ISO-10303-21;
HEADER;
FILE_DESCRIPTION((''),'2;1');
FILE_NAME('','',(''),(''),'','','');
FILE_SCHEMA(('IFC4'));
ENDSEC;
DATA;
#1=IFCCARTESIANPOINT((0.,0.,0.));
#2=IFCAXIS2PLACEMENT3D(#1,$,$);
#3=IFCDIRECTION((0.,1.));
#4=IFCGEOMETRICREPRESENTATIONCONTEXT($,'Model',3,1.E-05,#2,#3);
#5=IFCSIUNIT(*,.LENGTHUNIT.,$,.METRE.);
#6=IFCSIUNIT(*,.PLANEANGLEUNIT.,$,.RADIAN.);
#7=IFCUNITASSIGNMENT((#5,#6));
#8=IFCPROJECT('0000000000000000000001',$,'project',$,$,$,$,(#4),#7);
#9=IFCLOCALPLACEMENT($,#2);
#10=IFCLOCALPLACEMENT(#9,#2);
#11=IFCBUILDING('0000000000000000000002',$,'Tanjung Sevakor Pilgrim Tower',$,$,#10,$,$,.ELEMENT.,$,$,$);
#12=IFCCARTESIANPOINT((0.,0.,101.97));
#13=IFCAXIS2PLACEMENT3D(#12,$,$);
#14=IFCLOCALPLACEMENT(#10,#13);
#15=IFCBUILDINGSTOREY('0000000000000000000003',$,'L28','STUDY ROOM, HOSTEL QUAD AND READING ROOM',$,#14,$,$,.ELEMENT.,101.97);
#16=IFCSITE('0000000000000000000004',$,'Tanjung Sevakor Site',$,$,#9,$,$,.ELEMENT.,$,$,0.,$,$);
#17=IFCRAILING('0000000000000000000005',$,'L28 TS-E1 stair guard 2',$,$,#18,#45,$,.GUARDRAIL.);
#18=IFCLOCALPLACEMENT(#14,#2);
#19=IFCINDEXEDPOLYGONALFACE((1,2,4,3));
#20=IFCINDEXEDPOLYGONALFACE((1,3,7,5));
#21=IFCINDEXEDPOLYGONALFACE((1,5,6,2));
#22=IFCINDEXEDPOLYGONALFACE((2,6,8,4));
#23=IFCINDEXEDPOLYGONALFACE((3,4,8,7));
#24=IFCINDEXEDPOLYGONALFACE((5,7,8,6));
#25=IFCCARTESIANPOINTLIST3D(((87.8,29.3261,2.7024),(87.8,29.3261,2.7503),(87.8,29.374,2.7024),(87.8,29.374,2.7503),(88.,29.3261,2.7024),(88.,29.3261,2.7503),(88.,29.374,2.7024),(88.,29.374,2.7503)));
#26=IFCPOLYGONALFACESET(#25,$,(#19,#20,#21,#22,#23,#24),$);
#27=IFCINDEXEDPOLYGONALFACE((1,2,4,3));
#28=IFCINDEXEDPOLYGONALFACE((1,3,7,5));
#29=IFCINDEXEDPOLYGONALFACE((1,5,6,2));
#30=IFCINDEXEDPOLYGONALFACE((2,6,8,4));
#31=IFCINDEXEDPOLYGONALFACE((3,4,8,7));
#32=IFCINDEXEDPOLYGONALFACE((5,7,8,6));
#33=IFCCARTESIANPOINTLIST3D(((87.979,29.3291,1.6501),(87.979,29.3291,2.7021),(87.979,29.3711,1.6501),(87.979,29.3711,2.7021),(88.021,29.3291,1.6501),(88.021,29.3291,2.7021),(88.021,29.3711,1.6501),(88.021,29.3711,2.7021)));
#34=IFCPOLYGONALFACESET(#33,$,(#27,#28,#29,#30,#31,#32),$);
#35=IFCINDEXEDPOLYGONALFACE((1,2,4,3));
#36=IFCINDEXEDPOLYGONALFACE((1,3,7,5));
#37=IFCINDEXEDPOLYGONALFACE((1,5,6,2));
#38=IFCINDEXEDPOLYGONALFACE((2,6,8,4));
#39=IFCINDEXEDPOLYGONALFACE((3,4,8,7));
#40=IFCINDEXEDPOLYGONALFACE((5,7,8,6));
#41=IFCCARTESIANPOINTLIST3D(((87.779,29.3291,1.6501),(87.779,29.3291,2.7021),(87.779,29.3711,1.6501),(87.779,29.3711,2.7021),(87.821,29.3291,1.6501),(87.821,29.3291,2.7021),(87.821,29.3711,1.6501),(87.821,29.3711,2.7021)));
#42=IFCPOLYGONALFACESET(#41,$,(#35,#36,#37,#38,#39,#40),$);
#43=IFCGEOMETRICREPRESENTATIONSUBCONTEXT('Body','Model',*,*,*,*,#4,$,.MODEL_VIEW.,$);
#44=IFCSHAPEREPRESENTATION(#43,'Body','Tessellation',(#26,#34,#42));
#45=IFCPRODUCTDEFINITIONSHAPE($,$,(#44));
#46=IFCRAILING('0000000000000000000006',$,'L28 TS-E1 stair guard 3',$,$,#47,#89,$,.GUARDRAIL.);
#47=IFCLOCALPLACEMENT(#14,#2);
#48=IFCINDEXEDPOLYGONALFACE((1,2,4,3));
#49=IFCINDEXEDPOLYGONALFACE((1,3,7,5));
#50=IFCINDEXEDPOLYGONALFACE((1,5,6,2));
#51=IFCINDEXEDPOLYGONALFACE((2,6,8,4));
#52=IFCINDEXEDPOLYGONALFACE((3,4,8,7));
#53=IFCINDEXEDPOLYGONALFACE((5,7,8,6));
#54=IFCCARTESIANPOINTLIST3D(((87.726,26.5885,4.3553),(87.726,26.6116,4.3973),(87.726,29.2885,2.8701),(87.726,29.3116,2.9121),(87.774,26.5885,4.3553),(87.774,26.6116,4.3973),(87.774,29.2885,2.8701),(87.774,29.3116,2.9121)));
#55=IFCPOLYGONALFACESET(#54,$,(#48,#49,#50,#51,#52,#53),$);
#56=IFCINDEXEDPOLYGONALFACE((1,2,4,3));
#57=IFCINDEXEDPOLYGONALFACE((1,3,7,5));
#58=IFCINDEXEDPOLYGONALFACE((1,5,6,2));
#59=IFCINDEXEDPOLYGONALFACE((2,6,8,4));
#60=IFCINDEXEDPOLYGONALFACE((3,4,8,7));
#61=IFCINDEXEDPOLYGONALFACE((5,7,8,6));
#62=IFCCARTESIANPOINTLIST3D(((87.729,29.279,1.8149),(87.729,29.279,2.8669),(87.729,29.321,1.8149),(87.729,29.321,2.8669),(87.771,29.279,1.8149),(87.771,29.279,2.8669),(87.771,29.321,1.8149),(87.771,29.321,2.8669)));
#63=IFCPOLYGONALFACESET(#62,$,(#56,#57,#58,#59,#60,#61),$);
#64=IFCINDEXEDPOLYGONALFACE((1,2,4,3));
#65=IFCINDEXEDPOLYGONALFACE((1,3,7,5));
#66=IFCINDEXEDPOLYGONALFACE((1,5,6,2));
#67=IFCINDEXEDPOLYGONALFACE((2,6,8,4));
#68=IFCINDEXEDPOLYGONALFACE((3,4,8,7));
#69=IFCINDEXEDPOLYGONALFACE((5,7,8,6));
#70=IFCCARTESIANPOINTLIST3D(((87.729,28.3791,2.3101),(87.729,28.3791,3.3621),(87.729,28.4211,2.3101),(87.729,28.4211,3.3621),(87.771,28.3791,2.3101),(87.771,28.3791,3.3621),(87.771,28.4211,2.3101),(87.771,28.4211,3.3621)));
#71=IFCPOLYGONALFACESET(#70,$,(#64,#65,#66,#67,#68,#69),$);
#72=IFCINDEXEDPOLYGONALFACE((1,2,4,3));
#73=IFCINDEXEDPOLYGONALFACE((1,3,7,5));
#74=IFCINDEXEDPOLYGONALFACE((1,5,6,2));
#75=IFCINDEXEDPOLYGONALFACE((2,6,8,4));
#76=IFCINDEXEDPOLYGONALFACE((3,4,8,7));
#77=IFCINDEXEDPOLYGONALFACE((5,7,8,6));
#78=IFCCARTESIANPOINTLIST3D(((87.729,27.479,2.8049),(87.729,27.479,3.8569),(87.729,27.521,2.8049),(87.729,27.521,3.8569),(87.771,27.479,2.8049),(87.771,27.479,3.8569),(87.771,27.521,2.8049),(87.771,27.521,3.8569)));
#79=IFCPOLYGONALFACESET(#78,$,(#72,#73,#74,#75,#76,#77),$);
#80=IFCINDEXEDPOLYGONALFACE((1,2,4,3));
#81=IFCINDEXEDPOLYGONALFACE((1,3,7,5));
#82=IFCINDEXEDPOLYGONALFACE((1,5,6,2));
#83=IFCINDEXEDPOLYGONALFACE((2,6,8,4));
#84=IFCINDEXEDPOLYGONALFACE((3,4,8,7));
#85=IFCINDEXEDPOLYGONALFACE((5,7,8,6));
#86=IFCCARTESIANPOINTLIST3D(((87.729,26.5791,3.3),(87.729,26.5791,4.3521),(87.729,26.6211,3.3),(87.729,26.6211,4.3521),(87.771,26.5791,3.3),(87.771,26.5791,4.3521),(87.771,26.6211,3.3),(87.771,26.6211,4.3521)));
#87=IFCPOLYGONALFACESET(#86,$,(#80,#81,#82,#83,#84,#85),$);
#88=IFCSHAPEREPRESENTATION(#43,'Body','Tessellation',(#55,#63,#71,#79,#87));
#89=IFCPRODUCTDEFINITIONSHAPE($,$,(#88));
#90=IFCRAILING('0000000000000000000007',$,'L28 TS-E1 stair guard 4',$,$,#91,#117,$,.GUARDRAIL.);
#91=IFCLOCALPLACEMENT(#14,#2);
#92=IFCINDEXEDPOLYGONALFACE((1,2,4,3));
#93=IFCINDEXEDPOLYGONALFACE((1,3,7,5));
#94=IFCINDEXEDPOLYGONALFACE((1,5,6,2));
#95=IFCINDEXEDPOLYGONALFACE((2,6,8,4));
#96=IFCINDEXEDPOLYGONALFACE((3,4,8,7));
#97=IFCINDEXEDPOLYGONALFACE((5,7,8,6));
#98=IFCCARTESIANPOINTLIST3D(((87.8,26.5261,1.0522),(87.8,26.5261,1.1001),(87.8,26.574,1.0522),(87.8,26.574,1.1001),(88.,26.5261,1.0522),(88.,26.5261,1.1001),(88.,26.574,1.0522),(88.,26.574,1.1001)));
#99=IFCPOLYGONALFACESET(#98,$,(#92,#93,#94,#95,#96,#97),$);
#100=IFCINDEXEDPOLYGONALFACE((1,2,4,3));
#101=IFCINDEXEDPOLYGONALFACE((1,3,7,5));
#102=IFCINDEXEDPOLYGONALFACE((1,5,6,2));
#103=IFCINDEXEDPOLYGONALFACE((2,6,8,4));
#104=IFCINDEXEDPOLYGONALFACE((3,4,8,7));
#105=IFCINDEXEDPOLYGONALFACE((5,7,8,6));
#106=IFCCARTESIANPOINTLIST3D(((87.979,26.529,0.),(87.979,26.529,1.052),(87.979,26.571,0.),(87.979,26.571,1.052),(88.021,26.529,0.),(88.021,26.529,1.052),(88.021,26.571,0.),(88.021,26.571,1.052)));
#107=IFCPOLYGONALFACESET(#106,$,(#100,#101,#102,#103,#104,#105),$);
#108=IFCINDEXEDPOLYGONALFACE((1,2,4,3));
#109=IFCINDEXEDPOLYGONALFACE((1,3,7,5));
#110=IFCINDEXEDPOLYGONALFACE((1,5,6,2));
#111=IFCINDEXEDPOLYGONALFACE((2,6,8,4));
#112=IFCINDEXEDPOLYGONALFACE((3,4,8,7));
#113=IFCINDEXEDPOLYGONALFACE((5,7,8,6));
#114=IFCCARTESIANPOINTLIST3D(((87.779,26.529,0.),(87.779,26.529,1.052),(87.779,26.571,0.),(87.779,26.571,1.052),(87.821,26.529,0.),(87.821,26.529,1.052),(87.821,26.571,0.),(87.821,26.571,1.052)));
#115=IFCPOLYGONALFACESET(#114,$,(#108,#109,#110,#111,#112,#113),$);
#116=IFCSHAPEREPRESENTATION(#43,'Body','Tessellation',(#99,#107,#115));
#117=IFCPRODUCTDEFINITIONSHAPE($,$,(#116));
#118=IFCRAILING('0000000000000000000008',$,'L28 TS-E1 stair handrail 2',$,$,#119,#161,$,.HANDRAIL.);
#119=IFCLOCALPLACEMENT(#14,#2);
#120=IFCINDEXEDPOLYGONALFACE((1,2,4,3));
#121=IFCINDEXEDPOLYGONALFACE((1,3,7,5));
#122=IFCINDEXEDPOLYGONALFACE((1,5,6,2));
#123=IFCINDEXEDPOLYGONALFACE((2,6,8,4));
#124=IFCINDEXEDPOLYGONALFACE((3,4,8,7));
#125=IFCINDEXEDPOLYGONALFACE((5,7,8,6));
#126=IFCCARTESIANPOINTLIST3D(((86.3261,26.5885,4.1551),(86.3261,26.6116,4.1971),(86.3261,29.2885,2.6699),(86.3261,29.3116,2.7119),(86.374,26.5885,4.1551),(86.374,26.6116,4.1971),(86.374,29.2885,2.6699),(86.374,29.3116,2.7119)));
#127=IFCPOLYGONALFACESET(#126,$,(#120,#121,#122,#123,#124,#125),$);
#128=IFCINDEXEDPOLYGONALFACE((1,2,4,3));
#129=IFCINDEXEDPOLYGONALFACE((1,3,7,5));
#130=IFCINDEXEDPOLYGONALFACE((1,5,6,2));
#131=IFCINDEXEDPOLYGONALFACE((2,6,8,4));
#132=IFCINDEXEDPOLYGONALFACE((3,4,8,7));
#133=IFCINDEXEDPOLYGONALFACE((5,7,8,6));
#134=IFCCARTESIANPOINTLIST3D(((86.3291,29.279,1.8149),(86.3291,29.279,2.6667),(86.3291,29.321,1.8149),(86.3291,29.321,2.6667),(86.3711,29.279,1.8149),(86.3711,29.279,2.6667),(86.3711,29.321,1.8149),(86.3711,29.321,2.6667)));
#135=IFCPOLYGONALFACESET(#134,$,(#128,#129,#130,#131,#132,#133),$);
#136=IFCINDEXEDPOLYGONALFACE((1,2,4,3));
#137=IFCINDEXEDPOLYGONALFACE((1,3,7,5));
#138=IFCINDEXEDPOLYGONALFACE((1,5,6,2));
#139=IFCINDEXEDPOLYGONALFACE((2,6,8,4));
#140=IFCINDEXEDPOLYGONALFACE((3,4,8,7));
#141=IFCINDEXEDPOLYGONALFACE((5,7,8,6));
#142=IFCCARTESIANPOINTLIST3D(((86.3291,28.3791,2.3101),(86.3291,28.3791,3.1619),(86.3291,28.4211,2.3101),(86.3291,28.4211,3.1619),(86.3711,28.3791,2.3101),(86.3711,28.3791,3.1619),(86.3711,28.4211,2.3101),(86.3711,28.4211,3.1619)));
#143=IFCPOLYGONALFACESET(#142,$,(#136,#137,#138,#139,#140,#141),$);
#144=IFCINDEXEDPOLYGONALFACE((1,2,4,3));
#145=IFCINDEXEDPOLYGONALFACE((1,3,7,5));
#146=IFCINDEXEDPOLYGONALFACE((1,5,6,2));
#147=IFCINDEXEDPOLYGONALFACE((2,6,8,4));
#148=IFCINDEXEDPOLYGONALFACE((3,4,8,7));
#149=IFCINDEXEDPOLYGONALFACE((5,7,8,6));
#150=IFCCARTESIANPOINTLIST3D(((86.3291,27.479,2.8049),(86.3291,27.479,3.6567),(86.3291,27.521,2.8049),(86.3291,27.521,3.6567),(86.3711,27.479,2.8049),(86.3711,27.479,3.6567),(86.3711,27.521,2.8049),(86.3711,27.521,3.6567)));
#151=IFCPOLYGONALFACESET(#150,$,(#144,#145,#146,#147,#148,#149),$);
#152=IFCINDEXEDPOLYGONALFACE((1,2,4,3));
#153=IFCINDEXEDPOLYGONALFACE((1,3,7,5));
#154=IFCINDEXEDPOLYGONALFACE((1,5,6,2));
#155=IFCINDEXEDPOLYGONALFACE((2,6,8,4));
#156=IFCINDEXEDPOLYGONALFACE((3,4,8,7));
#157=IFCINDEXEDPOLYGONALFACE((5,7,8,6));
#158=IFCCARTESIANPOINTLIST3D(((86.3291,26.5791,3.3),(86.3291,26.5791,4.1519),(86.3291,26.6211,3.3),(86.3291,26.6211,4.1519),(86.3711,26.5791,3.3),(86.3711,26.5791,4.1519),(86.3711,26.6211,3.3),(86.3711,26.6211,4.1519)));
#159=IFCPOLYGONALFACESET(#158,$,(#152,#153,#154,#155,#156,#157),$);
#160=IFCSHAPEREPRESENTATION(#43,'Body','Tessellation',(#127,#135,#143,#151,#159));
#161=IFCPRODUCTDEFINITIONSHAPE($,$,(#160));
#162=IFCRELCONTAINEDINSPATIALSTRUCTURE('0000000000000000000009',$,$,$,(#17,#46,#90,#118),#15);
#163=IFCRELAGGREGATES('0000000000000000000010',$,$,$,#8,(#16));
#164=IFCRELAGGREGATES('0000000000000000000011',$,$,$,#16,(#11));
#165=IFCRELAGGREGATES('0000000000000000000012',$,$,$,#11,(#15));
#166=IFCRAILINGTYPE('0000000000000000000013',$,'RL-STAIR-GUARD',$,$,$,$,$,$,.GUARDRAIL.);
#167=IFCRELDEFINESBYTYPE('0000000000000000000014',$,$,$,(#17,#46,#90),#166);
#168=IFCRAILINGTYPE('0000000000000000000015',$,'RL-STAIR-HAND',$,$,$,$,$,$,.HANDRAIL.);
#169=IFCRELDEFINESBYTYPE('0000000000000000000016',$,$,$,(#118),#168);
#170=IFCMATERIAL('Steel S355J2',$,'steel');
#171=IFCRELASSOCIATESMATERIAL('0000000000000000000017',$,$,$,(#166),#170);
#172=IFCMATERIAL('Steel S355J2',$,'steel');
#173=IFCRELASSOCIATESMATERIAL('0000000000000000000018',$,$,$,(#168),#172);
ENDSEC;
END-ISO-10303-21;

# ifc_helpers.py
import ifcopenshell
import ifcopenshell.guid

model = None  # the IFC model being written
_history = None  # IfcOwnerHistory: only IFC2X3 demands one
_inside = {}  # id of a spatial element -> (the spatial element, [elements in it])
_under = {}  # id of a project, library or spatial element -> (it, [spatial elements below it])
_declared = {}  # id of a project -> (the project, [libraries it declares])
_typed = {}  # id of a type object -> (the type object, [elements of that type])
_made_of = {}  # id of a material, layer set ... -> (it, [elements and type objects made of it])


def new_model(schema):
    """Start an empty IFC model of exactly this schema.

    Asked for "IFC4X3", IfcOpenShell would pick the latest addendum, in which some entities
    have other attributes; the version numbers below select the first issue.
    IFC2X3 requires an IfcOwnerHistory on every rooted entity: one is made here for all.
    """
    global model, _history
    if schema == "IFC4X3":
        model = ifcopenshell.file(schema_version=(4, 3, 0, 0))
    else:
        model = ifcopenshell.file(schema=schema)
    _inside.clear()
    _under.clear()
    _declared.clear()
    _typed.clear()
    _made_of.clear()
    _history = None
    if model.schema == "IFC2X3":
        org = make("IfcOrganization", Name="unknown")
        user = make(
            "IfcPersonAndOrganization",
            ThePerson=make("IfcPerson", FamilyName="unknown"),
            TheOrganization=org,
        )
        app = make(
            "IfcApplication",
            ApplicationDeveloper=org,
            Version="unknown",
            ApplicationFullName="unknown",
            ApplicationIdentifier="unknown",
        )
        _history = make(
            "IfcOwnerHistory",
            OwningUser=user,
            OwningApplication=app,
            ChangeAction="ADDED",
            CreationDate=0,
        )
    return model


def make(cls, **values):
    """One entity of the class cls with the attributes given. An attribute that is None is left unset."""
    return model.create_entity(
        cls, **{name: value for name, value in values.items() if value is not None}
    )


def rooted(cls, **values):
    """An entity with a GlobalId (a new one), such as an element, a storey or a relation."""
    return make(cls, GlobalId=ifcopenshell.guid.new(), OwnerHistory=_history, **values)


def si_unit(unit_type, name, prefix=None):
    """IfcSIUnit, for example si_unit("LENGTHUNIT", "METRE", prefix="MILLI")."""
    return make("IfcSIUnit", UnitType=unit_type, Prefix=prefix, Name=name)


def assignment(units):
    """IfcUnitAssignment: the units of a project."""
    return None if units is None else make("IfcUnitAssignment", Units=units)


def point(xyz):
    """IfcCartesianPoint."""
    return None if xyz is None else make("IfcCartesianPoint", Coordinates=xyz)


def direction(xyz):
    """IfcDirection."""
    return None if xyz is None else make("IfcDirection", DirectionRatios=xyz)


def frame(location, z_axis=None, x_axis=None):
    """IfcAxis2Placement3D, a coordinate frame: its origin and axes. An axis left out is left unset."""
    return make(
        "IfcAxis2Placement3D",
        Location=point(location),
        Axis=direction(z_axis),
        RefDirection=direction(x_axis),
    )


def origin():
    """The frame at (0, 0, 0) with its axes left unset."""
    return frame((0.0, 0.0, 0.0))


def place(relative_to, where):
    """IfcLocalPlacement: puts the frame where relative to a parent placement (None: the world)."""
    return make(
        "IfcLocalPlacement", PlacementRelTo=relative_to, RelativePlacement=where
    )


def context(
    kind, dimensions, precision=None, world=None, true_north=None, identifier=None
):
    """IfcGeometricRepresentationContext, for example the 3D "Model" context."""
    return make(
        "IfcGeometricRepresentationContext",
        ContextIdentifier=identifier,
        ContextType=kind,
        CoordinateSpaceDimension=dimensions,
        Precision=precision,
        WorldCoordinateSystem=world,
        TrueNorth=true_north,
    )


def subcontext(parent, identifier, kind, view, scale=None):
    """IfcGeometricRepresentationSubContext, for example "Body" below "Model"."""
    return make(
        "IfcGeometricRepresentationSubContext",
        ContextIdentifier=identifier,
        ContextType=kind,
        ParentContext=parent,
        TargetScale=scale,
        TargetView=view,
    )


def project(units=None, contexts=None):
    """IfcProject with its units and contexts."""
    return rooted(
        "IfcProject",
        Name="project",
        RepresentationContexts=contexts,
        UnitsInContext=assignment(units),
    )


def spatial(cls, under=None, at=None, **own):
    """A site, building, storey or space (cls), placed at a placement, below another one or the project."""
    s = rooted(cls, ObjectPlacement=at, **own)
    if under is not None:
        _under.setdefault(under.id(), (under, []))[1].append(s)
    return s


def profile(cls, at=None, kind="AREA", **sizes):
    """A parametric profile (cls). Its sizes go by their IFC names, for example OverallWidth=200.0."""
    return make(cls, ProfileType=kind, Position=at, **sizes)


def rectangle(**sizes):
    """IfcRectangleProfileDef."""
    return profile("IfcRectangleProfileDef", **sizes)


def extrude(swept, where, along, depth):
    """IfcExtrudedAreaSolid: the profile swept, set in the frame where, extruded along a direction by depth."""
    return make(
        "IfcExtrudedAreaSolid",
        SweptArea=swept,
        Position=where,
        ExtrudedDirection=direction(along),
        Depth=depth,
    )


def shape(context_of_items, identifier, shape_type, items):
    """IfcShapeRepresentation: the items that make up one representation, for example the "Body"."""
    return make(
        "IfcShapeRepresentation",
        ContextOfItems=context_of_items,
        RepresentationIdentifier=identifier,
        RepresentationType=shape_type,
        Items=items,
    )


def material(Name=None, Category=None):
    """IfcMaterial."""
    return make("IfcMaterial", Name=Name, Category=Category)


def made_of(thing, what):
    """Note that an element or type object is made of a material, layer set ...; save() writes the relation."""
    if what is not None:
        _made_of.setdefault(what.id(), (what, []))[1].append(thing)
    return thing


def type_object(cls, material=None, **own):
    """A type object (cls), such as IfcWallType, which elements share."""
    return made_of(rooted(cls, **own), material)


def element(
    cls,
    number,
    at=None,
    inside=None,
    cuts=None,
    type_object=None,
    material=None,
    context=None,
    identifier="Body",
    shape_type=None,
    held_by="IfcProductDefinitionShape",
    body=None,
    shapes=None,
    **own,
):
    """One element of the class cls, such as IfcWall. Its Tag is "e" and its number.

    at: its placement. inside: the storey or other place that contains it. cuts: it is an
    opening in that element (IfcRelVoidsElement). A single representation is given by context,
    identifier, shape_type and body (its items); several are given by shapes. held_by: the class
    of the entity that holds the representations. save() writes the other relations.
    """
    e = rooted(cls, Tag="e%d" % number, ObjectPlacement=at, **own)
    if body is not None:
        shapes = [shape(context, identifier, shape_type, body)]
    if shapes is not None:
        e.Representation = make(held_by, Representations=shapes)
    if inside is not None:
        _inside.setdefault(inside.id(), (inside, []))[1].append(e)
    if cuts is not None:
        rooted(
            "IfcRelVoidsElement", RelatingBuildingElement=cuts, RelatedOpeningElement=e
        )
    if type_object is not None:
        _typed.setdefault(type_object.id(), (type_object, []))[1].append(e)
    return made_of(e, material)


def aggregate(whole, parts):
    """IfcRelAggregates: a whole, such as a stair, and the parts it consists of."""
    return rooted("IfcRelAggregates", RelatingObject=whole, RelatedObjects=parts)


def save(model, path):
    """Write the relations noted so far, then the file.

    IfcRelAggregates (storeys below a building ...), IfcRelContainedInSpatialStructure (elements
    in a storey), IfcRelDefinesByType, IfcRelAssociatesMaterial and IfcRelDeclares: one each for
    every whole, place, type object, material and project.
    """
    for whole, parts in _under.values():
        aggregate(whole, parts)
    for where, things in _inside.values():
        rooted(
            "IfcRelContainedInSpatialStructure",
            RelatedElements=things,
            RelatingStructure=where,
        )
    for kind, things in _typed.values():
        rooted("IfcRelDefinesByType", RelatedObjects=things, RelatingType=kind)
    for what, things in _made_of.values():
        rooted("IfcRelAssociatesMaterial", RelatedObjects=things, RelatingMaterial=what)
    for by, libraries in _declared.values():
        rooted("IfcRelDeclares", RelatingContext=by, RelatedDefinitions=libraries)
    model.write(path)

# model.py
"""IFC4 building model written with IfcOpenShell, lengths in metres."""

from ifc_helpers import new_model, si_unit, direction, frame, origin, place, context, subcontext, project, spatial, rectangle, extrude, material, type_object, element, save


model = new_model("IFC4")

# Units and contexts
model_context = context("Model", 3, precision=1e-05, world=origin(), true_north=direction((0.0, 1.0)))
body_context = subcontext(model_context, "Body", "Model", "MODEL_VIEW")
ifc_project = project(units=[si_unit("LENGTHUNIT", "METRE"), si_unit("PLANEANGLEUNIT", "RADIAN")], contexts=[model_context])

# Site, building, storey
site_placement = place(None, origin())
site = spatial("IfcSite", under=ifc_project, at=site_placement, Name="Tanjung Sevakor Site", CompositionType="ELEMENT", RefElevation=0.0)
building_placement = place(site_placement, origin())
building = spatial("IfcBuilding", under=site, at=building_placement, Name="Tanjung Sevakor Pilgrim Tower", CompositionType="ELEMENT")
storey_placement = place(building_placement, frame((0.0, 0.0, 101.97)))
storey = spatial("IfcBuildingStorey", under=building, at=storey_placement, Name="L28", Description="STUDY ROOM, HOSTEL QUAD AND READING ROOM", CompositionType="ELEMENT", Elevation=101.97)

# Railings
ifc_material_1 = material(Name="Steel S355J2", Category="steel")
railing_type_1 = type_object("IfcRailingType", Name="RL-STAIR-GUARD", PredefinedType="GUARDRAIL", material=ifc_material_1)
railing_1_placement = place(storey_placement, frame((88.0, 29.3501, 1.6501)))
element("IfcRailing", 1, at=railing_1_placement, inside=storey, type_object=railing_type_1, Name="L28 TS-E1 stair guard 2", PredefinedType="GUARDRAIL", context=body_context, shape_type="SweptSolid", body=[
    extrude(rectangle(XDim=0.0479, YDim=0.0479), frame((0.0, 0.0, 1.0762), z_axis=(-1.0, 0.0, 0.0), x_axis=(0.0, -1.0, 0.0)), (0.0, 0.0, 1.0), 0.2),
    extrude(rectangle(XDim=0.042, YDim=0.042), origin(), (0.0, 0.0, 1.0), 1.052),
    extrude(rectangle(XDim=0.042, YDim=0.042), frame((-0.2, 0.0, 0.0)), (0.0, 0.0, 1.0), 1.052),
])
railing_2_placement = place(storey_placement, frame((87.75, 29.3, 1.8149)))
element("IfcRailing", 2, at=railing_2_placement, inside=storey, type_object=railing_type_1, Name="L28 TS-E1 stair guard 3", PredefinedType="GUARDRAIL", context=body_context, shape_type="SweptSolid", body=[
    extrude(rectangle(XDim=0.0479, YDim=0.0479), frame((0.0, 0.0, 1.0762), z_axis=(0.0, -0.876198, 0.481952), x_axis=(1.0, 0.0, 0.0)), (0.0, 0.0, 1.0), 3.0815),
    extrude(rectangle(XDim=0.042, YDim=0.042), origin(), (0.0, 0.0, 1.0), 1.052),
    extrude(rectangle(XDim=0.042, YDim=0.042), frame((0.0, -0.8999, 0.4951)), (0.0, 0.0, 1.0), 1.052),
    extrude(rectangle(XDim=0.042, YDim=0.042), frame((0.0, -1.8, 0.99)), (0.0, 0.0, 1.0), 1.052),
    extrude(rectangle(XDim=0.042, YDim=0.042), frame((0.0, -2.7, 1.4851)), (0.0, 0.0, 1.0), 1.052),
])
railing_3_placement = place(storey_placement, frame((88.0, 26.55, 0.0)))
element("IfcRailing", 3, at=railing_3_placement, inside=storey, type_object=railing_type_1, Name="L28 TS-E1 stair guard 4", PredefinedType="GUARDRAIL", context=body_context, shape_type="SweptSolid", body=[
    extrude(rectangle(XDim=0.0479, YDim=0.0479), frame((0.0, 0.0, 1.0762), z_axis=(-1.0, 0.0, 0.0), x_axis=(0.0, -1.0, 0.0)), (0.0, 0.0, 1.0), 0.2),
    extrude(rectangle(XDim=0.042, YDim=0.042), origin(), (0.0, 0.0, 1.0), 1.052),
    extrude(rectangle(XDim=0.042, YDim=0.042), frame((-0.2, 0.0, 0.0)), (0.0, 0.0, 1.0), 1.052),
])
ifc_material_2 = material(Name="Steel S355J2", Category="steel")
railing_type_2 = type_object("IfcRailingType", Name="RL-STAIR-HAND", PredefinedType="HANDRAIL", material=ifc_material_2)
railing_4_placement = place(storey_placement, frame((86.3501, 29.3, 1.8149)))
element("IfcRailing", 4, at=railing_4_placement, inside=storey, type_object=railing_type_2, Name="L28 TS-E1 stair handrail 2", PredefinedType="HANDRAIL", context=body_context, shape_type="SweptSolid", body=[
    extrude(rectangle(XDim=0.0479, YDim=0.0479), frame((0.0, 0.0, 0.876), z_axis=(0.0, -0.876198, 0.481952), x_axis=(1.0, 0.0, 0.0)), (0.0, 0.0, 1.0), 3.0815),
    extrude(rectangle(XDim=0.042, YDim=0.042), origin(), (0.0, 0.0, 1.0), 0.8518),
    extrude(rectangle(XDim=0.042, YDim=0.042), frame((0.0, -0.8999, 0.4951)), (0.0, 0.0, 1.0), 0.8518),
    extrude(rectangle(XDim=0.042, YDim=0.042), frame((0.0, -1.8, 0.99)), (0.0, 0.0, 1.0), 0.8518),
    extrude(rectangle(XDim=0.042, YDim=0.042), frame((0.0, -2.7, 1.4851)), (0.0, 0.0, 1.0), 0.8518),
])

save(model, "model.ifc")
